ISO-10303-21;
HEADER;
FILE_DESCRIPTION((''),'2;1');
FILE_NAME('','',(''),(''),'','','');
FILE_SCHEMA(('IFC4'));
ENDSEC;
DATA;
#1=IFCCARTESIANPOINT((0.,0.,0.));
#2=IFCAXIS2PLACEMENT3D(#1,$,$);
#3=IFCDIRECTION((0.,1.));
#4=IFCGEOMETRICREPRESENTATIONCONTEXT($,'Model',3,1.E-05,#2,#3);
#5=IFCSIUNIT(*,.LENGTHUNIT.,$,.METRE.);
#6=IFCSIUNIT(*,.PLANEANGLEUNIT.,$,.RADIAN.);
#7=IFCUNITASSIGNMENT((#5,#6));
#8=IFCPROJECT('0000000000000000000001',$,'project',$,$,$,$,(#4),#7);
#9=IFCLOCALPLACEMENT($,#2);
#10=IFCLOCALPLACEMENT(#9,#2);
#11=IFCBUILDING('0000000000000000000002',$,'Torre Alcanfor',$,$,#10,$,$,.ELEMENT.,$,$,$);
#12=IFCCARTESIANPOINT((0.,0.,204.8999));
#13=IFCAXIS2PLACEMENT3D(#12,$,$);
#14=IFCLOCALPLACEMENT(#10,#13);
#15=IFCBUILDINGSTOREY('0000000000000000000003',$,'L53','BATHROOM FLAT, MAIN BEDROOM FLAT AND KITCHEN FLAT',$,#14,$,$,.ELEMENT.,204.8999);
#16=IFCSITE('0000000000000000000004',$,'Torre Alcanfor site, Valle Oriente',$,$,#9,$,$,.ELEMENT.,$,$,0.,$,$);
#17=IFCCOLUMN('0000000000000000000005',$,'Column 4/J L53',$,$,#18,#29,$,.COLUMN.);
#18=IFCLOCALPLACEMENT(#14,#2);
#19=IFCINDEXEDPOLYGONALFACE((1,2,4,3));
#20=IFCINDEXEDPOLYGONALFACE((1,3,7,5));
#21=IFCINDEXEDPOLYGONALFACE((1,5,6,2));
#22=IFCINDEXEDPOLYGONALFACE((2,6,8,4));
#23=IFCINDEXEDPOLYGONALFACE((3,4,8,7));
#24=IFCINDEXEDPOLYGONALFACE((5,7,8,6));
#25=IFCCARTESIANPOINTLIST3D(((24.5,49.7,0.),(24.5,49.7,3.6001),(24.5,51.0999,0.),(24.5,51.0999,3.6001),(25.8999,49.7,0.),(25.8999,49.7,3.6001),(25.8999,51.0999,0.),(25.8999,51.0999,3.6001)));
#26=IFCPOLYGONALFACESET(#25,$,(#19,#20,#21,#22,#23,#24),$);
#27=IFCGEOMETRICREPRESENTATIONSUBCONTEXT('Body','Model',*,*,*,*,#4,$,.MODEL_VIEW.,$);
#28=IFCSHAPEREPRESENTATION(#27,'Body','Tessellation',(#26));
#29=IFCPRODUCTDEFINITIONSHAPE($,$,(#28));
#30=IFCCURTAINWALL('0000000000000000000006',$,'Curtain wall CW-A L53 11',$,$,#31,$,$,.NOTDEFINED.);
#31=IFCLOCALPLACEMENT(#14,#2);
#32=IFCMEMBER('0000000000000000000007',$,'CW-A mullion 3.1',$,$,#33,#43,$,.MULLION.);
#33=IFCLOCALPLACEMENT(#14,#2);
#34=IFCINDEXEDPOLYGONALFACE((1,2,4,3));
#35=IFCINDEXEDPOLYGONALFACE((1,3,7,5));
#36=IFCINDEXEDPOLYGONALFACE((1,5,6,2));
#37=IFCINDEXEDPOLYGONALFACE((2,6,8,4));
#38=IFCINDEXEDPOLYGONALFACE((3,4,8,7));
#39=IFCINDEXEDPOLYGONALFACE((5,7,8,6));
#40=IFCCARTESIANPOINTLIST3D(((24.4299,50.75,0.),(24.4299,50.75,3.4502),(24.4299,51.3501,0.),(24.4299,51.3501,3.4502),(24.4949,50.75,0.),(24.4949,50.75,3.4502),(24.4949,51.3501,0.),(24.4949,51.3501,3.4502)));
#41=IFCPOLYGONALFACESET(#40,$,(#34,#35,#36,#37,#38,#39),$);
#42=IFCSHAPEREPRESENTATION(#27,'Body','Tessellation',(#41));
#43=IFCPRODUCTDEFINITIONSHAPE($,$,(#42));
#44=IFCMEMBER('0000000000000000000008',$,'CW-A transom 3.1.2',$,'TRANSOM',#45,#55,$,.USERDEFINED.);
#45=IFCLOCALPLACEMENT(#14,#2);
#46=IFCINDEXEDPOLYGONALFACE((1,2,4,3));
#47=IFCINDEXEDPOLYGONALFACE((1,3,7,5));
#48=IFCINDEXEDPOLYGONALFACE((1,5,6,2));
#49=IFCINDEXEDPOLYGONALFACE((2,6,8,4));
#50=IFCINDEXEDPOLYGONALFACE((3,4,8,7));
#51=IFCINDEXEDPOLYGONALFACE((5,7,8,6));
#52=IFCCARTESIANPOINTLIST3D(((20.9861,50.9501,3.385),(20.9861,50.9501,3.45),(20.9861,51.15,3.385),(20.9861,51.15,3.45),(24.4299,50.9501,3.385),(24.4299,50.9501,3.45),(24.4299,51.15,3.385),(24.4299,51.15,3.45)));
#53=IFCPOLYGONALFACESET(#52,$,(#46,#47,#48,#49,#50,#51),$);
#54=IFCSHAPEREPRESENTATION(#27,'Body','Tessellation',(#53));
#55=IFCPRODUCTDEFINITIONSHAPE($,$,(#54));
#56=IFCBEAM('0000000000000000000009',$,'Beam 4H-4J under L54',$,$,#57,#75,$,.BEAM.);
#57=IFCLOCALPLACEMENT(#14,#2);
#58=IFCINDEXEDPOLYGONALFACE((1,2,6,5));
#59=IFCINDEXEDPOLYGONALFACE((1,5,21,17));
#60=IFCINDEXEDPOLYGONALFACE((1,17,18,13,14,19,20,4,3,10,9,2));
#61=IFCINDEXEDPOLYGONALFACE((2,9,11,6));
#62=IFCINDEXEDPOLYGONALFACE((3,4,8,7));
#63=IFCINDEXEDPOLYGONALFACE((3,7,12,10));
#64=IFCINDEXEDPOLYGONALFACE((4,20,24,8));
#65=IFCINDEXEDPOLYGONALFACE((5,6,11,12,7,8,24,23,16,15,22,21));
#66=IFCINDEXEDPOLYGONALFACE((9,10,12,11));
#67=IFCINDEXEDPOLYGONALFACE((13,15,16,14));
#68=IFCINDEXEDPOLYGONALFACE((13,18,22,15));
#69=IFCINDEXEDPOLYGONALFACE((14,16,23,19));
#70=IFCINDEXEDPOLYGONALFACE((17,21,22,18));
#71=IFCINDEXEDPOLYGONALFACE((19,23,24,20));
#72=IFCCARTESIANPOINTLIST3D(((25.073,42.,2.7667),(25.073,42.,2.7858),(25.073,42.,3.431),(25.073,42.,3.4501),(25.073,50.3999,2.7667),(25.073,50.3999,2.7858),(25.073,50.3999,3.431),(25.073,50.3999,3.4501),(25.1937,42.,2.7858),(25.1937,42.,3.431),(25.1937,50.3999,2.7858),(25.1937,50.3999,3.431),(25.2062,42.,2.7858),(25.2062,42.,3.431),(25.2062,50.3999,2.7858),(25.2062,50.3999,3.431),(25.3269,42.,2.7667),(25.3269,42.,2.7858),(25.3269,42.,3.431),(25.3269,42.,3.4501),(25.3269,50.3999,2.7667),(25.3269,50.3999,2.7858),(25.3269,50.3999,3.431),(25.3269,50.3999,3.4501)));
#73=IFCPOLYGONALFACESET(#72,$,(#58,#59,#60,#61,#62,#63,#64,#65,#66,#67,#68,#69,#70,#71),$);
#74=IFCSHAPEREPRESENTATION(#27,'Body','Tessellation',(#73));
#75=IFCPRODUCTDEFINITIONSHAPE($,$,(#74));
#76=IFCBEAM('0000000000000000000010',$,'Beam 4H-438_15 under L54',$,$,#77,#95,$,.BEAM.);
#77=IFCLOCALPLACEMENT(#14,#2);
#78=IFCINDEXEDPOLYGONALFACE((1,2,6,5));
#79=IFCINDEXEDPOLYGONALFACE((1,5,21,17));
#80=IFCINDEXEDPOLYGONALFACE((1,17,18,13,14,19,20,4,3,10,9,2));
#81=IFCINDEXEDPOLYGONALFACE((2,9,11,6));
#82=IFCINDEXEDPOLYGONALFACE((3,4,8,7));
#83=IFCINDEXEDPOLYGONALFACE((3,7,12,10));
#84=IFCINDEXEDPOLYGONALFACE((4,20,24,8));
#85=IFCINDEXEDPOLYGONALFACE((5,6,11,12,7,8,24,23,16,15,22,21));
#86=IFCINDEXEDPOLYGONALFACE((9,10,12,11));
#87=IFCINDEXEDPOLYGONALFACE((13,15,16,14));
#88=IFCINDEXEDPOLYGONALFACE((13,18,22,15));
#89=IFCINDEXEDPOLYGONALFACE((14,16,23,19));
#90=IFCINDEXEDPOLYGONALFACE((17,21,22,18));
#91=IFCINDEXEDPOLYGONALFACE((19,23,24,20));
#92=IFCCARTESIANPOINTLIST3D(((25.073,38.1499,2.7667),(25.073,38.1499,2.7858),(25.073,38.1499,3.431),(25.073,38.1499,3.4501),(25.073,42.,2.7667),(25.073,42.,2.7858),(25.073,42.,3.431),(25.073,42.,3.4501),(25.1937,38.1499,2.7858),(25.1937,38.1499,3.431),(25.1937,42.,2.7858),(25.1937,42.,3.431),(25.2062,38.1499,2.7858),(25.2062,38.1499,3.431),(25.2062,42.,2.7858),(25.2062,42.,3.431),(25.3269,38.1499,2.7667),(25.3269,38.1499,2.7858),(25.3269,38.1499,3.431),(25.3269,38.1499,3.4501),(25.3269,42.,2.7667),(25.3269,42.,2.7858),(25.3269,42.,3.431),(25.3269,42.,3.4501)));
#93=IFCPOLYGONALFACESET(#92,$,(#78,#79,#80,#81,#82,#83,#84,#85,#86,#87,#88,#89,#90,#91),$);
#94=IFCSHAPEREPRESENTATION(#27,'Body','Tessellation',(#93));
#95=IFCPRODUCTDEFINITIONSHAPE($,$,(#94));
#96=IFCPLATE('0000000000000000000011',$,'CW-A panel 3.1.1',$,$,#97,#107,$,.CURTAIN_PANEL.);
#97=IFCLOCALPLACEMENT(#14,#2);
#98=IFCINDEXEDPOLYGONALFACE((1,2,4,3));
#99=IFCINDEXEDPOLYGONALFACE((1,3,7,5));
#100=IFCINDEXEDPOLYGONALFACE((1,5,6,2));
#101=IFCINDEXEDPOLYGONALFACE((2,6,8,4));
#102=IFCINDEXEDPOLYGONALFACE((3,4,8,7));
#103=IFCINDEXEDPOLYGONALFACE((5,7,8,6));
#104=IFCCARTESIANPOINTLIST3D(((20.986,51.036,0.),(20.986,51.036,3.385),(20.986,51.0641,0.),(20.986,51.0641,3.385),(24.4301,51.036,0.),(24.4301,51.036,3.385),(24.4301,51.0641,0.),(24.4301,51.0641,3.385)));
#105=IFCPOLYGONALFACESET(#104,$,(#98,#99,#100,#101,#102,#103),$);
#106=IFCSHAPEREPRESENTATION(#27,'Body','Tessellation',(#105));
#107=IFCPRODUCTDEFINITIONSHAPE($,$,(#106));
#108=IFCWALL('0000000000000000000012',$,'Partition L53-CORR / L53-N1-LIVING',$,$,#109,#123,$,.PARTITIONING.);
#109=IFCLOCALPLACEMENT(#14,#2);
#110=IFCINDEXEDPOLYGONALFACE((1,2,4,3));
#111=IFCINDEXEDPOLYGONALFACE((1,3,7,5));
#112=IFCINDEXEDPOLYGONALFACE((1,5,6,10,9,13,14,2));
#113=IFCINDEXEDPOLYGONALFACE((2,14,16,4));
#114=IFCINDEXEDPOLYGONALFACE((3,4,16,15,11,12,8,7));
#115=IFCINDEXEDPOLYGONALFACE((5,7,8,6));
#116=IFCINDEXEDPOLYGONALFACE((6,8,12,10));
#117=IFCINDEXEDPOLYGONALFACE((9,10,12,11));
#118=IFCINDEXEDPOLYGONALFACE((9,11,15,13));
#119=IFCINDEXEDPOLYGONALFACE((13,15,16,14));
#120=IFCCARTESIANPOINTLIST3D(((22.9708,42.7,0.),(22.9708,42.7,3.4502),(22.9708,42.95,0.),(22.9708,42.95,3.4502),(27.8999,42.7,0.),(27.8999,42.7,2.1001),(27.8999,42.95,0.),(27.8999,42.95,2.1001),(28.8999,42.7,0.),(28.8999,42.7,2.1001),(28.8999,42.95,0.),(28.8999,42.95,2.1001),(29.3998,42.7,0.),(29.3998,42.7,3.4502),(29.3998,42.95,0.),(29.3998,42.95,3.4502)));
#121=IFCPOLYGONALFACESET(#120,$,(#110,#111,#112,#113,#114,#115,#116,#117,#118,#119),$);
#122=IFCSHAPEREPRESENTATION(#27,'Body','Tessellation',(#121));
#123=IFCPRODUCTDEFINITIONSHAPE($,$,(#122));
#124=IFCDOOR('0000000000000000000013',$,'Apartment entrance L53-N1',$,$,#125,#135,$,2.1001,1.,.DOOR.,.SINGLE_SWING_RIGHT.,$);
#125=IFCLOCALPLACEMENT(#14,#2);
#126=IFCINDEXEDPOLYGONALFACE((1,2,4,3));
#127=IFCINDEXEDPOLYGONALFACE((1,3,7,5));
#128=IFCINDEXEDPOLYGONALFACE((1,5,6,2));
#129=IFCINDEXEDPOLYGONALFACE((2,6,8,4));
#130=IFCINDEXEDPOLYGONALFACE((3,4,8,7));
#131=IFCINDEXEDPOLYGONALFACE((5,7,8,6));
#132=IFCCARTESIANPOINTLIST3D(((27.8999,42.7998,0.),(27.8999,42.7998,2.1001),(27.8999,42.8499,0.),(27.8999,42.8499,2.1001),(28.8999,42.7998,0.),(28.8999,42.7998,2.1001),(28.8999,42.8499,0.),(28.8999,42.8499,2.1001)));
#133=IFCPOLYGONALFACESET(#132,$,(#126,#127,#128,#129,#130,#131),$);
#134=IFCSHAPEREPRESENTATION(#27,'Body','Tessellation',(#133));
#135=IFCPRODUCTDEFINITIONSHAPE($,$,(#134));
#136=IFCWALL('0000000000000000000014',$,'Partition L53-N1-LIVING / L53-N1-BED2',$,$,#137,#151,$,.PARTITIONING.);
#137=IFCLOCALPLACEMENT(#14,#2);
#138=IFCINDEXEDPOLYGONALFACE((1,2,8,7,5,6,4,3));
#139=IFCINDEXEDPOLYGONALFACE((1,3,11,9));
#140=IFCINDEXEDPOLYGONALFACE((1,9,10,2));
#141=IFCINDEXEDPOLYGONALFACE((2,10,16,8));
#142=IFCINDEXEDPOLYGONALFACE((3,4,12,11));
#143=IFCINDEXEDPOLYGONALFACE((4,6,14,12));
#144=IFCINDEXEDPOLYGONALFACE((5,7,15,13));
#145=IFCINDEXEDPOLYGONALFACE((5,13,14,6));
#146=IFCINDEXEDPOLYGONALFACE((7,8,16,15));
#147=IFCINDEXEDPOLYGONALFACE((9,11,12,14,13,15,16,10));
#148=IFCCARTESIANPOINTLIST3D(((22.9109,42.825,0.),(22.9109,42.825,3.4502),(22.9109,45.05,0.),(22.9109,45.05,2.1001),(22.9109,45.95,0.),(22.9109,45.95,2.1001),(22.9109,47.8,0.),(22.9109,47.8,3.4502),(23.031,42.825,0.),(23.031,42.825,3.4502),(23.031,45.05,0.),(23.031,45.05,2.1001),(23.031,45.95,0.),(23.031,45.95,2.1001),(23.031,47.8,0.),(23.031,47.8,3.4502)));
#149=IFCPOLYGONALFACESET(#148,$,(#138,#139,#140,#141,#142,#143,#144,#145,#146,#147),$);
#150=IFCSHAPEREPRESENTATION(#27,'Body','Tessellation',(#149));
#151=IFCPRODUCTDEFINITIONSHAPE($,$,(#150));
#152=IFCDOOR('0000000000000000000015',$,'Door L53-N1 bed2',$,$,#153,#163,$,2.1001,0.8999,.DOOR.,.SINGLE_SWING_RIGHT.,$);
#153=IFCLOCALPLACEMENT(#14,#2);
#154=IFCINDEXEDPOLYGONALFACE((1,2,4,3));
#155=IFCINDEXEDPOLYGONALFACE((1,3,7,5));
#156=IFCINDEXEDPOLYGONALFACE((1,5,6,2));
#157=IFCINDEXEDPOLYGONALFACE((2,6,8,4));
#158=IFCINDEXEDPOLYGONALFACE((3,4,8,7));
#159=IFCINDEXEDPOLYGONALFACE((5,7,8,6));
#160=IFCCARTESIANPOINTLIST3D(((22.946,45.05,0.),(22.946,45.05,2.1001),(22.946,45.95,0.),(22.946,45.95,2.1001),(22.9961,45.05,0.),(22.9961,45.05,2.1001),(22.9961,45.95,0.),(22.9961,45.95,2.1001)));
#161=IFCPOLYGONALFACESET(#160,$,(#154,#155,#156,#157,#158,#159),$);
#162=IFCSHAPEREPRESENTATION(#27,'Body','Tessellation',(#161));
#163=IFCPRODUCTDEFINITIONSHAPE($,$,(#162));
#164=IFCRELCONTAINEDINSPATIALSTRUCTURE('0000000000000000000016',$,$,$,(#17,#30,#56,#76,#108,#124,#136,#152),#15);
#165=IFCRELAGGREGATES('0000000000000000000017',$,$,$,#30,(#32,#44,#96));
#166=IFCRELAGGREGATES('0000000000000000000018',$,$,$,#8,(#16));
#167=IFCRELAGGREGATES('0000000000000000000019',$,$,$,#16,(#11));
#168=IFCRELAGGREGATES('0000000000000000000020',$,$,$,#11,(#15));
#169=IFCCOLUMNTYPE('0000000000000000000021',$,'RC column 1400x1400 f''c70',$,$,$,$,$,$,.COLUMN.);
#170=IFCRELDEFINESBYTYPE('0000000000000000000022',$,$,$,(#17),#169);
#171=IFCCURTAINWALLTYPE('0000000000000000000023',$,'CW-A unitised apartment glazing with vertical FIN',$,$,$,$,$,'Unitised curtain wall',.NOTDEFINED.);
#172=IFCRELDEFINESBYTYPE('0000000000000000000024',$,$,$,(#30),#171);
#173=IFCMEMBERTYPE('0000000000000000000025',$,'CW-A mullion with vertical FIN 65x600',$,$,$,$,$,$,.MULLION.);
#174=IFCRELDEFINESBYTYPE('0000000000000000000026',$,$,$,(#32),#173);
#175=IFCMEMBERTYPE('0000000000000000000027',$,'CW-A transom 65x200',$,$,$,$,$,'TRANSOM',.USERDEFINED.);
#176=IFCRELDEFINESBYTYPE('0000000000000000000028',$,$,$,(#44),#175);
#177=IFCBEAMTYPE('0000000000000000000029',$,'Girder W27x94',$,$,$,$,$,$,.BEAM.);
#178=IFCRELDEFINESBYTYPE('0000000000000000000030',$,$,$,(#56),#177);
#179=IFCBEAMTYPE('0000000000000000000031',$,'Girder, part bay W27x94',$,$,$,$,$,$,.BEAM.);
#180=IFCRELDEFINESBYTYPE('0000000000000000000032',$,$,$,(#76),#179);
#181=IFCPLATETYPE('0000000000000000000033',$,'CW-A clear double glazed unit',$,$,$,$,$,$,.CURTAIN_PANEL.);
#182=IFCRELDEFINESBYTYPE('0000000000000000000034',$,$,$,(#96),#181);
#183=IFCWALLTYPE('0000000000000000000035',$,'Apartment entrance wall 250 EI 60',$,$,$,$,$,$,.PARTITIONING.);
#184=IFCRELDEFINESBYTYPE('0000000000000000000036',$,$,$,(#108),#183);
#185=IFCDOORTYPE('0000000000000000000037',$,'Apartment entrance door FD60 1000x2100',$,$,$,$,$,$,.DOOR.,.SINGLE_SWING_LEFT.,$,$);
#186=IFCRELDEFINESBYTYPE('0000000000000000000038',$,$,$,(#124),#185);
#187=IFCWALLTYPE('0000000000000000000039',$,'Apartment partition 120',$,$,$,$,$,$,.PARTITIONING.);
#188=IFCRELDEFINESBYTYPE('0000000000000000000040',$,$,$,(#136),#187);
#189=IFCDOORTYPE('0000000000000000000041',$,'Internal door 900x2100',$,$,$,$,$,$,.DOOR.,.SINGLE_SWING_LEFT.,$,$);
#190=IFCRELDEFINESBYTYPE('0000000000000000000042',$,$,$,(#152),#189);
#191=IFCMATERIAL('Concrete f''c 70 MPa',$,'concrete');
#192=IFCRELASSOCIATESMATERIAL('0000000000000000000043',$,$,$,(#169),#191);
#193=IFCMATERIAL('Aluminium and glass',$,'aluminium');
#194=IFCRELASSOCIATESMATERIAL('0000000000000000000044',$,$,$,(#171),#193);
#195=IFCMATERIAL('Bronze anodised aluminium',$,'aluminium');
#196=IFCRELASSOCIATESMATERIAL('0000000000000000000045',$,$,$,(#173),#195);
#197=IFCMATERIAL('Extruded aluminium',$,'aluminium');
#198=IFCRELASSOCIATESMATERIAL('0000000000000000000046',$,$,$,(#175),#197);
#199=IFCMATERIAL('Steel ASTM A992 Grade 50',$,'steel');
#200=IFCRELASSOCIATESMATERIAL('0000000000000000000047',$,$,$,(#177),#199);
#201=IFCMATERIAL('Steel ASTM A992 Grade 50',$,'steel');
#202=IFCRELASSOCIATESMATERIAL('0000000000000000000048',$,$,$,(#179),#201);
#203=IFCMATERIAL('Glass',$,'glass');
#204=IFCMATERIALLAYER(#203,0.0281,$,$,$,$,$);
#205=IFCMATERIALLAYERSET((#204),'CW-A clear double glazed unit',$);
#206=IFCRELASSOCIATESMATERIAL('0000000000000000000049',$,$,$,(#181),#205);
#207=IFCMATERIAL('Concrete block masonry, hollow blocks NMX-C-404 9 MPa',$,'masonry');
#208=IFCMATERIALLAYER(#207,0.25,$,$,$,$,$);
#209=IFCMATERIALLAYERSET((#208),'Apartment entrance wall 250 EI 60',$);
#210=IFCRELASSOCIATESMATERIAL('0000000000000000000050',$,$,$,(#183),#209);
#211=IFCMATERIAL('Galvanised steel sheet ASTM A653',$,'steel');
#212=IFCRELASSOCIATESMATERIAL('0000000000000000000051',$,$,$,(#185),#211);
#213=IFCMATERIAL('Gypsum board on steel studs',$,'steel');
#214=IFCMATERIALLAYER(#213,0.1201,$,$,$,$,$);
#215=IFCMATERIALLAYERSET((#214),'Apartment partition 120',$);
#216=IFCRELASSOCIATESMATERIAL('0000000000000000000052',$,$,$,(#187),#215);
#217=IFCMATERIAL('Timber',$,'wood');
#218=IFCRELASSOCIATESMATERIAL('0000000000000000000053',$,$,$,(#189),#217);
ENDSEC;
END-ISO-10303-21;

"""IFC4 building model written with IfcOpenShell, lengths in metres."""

from ifc_helpers import new_model, si_unit, direction, frame, frame_2d, origin, origin_2d, place, context, subcontext, project, spatial, rectangle, i_section, extrude, material, layer, layer_set, material_profile, profile_set, type_object, element, fill, aggregate, save


model = new_model("IFC4")

# Units and contexts
model_context = context("Model", 3, precision=1e-05, world=origin(), true_north=direction((0.0, 1.0)))
body_context = subcontext(model_context, "Body", "Model", "MODEL_VIEW")
ifc_project = project(units=[si_unit("LENGTHUNIT", "METRE"), si_unit("PLANEANGLEUNIT", "RADIAN")], contexts=[model_context])

# Site, building, storey
site_placement = place(None, origin())
site = spatial("IfcSite", under=ifc_project, at=site_placement, Name="Torre Alcanfor site, Valle Oriente", CompositionType="ELEMENT", RefElevation=0.0)
building_placement = place(site_placement, origin())
building = spatial("IfcBuilding", under=site, at=building_placement, Name="Torre Alcanfor", CompositionType="ELEMENT")
storey_placement = place(building_placement, frame((0.0, 0.0, 204.8999)))
storey = spatial("IfcBuildingStorey", under=building, at=storey_placement, Name="L53", Description="BATHROOM FLAT, MAIN BEDROOM FLAT AND KITCHEN FLAT", CompositionType="ELEMENT", Elevation=204.8999)

# Column
ifc_material_1 = material(Name="Concrete f'c 70 MPa", Category="concrete")
ifc_material_profile_1 = material_profile(ifc_material_1, rectangle(XDim=1.3999, YDim=1.3999, at=origin_2d()), Name="1400x1400")
ifc_profile_set_1 = profile_set([ifc_material_profile_1], Name="Concrete f'c 70 MPa")
column_type = type_object("IfcColumnType", Name="RC column 1400x1400 f'c70", PredefinedType="COLUMN", material=ifc_profile_set_1)
column_placement = place(storey_placement, frame((25.2, 50.3999, 0.0), z_axis=(0.0, 0.0, 1.0), x_axis=(1.0, 0.0, 0.0)))
element("IfcColumn", 1, at=column_placement, inside=storey, type_object=column_type, Name="Column 4/J L53", PredefinedType="COLUMN", context=body_context, shape_type="SweptSolid", body=[
    extrude(rectangle(XDim=1.3999, YDim=1.3999, at=origin_2d()), origin(), (0.0, 0.0, 1.0), 3.6001),
])

# Curtain wall, members
ifc_material_2 = material(Name="Aluminium and glass", Category="aluminium")
curtain_wall_type = type_object("IfcCurtainWallType", Name="CW-A unitised apartment glazing with vertical FIN", ElementType="Unitised curtain wall", PredefinedType="NOTDEFINED", material=ifc_material_2)
curtain_wall_placement = place(storey_placement, origin())
curtain_wall = element("IfcCurtainWall", 2, at=curtain_wall_placement, inside=storey, type_object=curtain_wall_type, Name="Curtain wall CW-A L53 11", PredefinedType="NOTDEFINED")
ifc_material_3 = material(Name="Bronze anodised aluminium", Category="aluminium")
ifc_material_profile_2 = material_profile(ifc_material_3, rectangle(XDim=0.6001, YDim=0.0649, at=origin_2d()), Name="CW-A mullion 65x600")
ifc_profile_set_2 = profile_set([ifc_material_profile_2], Name="Bronze anodised aluminium")
member_type_1 = type_object("IfcMemberType", Name="CW-A mullion with vertical FIN 65x600", PredefinedType="MULLION", material=ifc_profile_set_2)
member_1_placement = place(storey_placement, frame((24.4624, 51.05, 0.0), z_axis=(0.0, 0.0, 1.0), x_axis=(0.0, -1.0, 0.0)))
member_1 = element("IfcMember", 3, at=member_1_placement, type_object=member_type_1, Name="CW-A mullion 3.1", PredefinedType="MULLION", context=body_context, shape_type="SweptSolid", body=[
    extrude(rectangle(XDim=0.6001, YDim=0.0649, at=origin_2d()), origin(), (0.0, 0.0, 1.0), 3.4502),
])
ifc_material_4 = material(Name="Extruded aluminium", Category="aluminium")
ifc_material_profile_3 = material_profile(ifc_material_4, rectangle(XDim=0.2, YDim=0.0649, at=origin_2d()), Name="CW-A transom 200x65")
ifc_profile_set_3 = profile_set([ifc_material_profile_3], Name="Extruded aluminium")
member_type_2 = type_object("IfcMemberType", Name="CW-A transom 65x200", ElementType="TRANSOM", PredefinedType="USERDEFINED", material=ifc_profile_set_3)
member_2_placement = place(storey_placement, frame((24.4299, 51.05, 3.4175), z_axis=(-1.0, 0.0, 0.0), x_axis=(0.0, -1.0, 0.0)))
member_2 = element("IfcMember", 4, at=member_2_placement, type_object=member_type_2, Name="CW-A transom 3.1.2", ObjectType="TRANSOM", PredefinedType="USERDEFINED", context=body_context, shape_type="SweptSolid", body=[
    extrude(rectangle(XDim=0.2, YDim=0.0649, at=origin_2d()), origin(), (0.0, 0.0, 1.0), 3.4438),
])

# Beams
ifc_material_5 = material(Name="Steel ASTM A992 Grade 50", Category="steel")
ifc_material_profile_4 = material_profile(ifc_material_5, i_section(OverallWidth=0.2539, OverallDepth=0.6833, WebThickness=0.0125, FlangeThickness=0.019, at=origin_2d()), Name="W27x94")
ifc_profile_set_4 = profile_set([ifc_material_profile_4], Name="Steel ASTM A992 Grade 50")
beam_type_1 = type_object("IfcBeamType", Name="Girder W27x94", PredefinedType="BEAM", material=ifc_profile_set_4)
beam_1_placement = place(storey_placement, frame((25.2, 42.0, 3.1084), z_axis=(0.0, 1.0, 0.0), x_axis=(-1.0, 0.0, 0.0)))
element("IfcBeam", 5, at=beam_1_placement, inside=storey, type_object=beam_type_1, Name="Beam 4H-4J under L54", PredefinedType="BEAM", context=body_context, shape_type="SweptSolid", body=[
    extrude(i_section(OverallWidth=0.2539, OverallDepth=0.6833, WebThickness=0.0125, FlangeThickness=0.019, at=origin_2d()), origin(), (0.0, 0.0, 1.0), 8.3999),
])
ifc_material_6 = material(Name="Steel ASTM A992 Grade 50", Category="steel")
ifc_material_profile_5 = material_profile(ifc_material_6, i_section(OverallWidth=0.2539, OverallDepth=0.6833, WebThickness=0.0125, FlangeThickness=0.019, at=origin_2d()), Name="W27x94")
ifc_profile_set_5 = profile_set([ifc_material_profile_5], Name="Steel ASTM A992 Grade 50")
beam_type_2 = type_object("IfcBeamType", Name="Girder, part bay W27x94", PredefinedType="BEAM", material=ifc_profile_set_5)
beam_2_placement = place(storey_placement, frame((25.2, 42.0, 3.1084), z_axis=(0.0, -1.0, 0.0), x_axis=(1.0, 0.0, 0.0)))
element("IfcBeam", 6, at=beam_2_placement, inside=storey, type_object=beam_type_2, Name="Beam 4H-438_15 under L54", PredefinedType="BEAM", context=body_context, shape_type="SweptSolid", body=[
    extrude(i_section(OverallWidth=0.2539, OverallDepth=0.6833, WebThickness=0.0125, FlangeThickness=0.019, at=origin_2d()), origin(), (0.0, 0.0, 1.0), 3.8501),
])

# Plate
ifc_material_7 = material(Name="Glass", Category="glass")
ifc_layer_1 = layer(ifc_material_7, 0.0281)
ifc_layer_set_1 = layer_set([ifc_layer_1], Name="CW-A clear double glazed unit")
plate_type = type_object("IfcPlateType", Name="CW-A clear double glazed unit", PredefinedType="CURTAIN_PANEL", material=ifc_layer_set_1)
plate_placement = place(storey_placement, frame((22.708, 51.05, 0.0), z_axis=(0.0, 0.0, 1.0), x_axis=(-1.0, 0.0, 0.0)))
plate = element("IfcPlate", 7, at=plate_placement, type_object=plate_type, Name="CW-A panel 3.1.1", PredefinedType="CURTAIN_PANEL", context=body_context, shape_type="SweptSolid", body=[
    extrude(rectangle(XDim=3.4441, YDim=0.0281, at=origin_2d()), origin(), (0.0, 0.0, 1.0), 3.385),
])
aggregate(curtain_wall, [member_1, member_2, plate])

# Walls, openings, doors
ifc_material_8 = material(Name="Concrete block masonry, hollow blocks NMX-C-404 9 MPa", Category="masonry")
ifc_layer_2 = layer(ifc_material_8, 0.25)
ifc_layer_set_2 = layer_set([ifc_layer_2], Name="Apartment entrance wall 250 EI 60")
wall_type_1 = type_object("IfcWallType", Name="Apartment entrance wall 250 EI 60", PredefinedType="PARTITIONING", material=ifc_layer_set_2)
wall_1_placement = place(storey_placement, frame((22.9709, 42.825, 0.0), z_axis=(0.0, 0.0, 1.0), x_axis=(1.0, 0.0, 0.0)))
wall_1 = element("IfcWall", 8, at=wall_1_placement, inside=storey, type_object=wall_type_1, Name="Partition L53-CORR / L53-N1-LIVING", PredefinedType="PARTITIONING", context=body_context, shape_type="SweptSolid", body=[
    extrude(rectangle(XDim=6.429, YDim=0.25, at=frame_2d((3.2144, 0.0))), origin(), (0.0, 0.0, 1.0), 3.4502),
])
opening_1_placement = place(wall_1_placement, frame((4.929, 0.0, 0.0)))
opening_1 = element("IfcOpeningElement", 9, at=opening_1_placement, cuts=wall_1, PredefinedType="OPENING", context=body_context, shape_type="SweptSolid", body=[
    extrude(rectangle(XDim=1.0, YDim=2.1001, at=frame_2d((0.5, 1.05))), frame((0.0, 0.135, 0.0), z_axis=(0.0, -1.0, 0.0), x_axis=(1.0, 0.0, 0.0)), (0.0, 0.0, 1.0), 0.27),
])
ifc_material_9 = material(Name="Galvanised steel sheet ASTM A653", Category="steel")
door_type_1 = type_object("IfcDoorType", Name="Apartment entrance door FD60 1000x2100", OperationType="SINGLE_SWING_LEFT", PredefinedType="DOOR", material=ifc_material_9)
door_1_placement = place(opening_1_placement, origin())
door_1 = element("IfcDoor", 10, at=door_1_placement, inside=storey, type_object=door_type_1, Name="Apartment entrance L53-N1", OperationType="SINGLE_SWING_RIGHT", OverallHeight=2.1001, OverallWidth=1.0, PredefinedType="DOOR", context=body_context, shape_type="SweptSolid", body=[
    extrude(rectangle(XDim=1.0, YDim=2.1001, at=frame_2d((0.5, 1.05))), frame((0.0, 0.0249, 0.0), z_axis=(0.0, -1.0, 0.0), x_axis=(1.0, 0.0, 0.0)), (0.0, 0.0, 1.0), 0.05),
])
fill(opening_1, door_1)
ifc_material_10 = material(Name="Gypsum board on steel studs", Category="steel")
ifc_layer_3 = layer(ifc_material_10, 0.1201)
ifc_layer_set_3 = layer_set([ifc_layer_3], Name="Apartment partition 120")
wall_type_2 = type_object("IfcWallType", Name="Apartment partition 120", PredefinedType="PARTITIONING", material=ifc_layer_set_3)
wall_2_placement = place(storey_placement, frame((22.9709, 42.825, 0.0), z_axis=(0.0, 0.0, 1.0), x_axis=(0.0, 1.0, 0.0)))
wall_2 = element("IfcWall", 11, at=wall_2_placement, inside=storey, type_object=wall_type_2, Name="Partition L53-N1-LIVING / L53-N1-BED2", PredefinedType="PARTITIONING", context=body_context, shape_type="SweptSolid", body=[
    extrude(rectangle(XDim=4.9751, YDim=0.1201, at=frame_2d((2.4875, 0.0))), origin(), (0.0, 0.0, 1.0), 3.4502),
])
opening_2_placement = place(wall_2_placement, frame((2.2251, 0.0, 0.0)))
opening_2 = element("IfcOpeningElement", 12, at=opening_2_placement, cuts=wall_2, PredefinedType="OPENING", context=body_context, shape_type="SweptSolid", body=[
    extrude(rectangle(XDim=0.8999, YDim=2.1001, at=frame_2d((0.45, 1.05))), frame((0.0, 0.0701, 0.0), z_axis=(0.0, -1.0, 0.0), x_axis=(1.0, 0.0, 0.0)), (0.0, 0.0, 1.0), 0.1401),
])
ifc_material_11 = material(Name="Timber", Category="wood")
door_type_2 = type_object("IfcDoorType", Name="Internal door 900x2100", OperationType="SINGLE_SWING_LEFT", PredefinedType="DOOR", material=ifc_material_11)
door_2_placement = place(opening_2_placement, origin())
door_2 = element("IfcDoor", 13, at=door_2_placement, inside=storey, type_object=door_type_2, Name="Door L53-N1 bed2", OperationType="SINGLE_SWING_RIGHT", OverallHeight=2.1001, OverallWidth=0.8999, PredefinedType="DOOR", context=body_context, shape_type="SweptSolid", body=[
    extrude(rectangle(XDim=0.8999, YDim=2.1001, at=frame_2d((0.45, 1.05))), frame((0.0, 0.0249, 0.0), z_axis=(0.0, -1.0, 0.0), x_axis=(1.0, 0.0, 0.0)), (0.0, 0.0, 1.0), 0.05),
])
fill(opening_2, door_2)

save(model, "model.ifc")
